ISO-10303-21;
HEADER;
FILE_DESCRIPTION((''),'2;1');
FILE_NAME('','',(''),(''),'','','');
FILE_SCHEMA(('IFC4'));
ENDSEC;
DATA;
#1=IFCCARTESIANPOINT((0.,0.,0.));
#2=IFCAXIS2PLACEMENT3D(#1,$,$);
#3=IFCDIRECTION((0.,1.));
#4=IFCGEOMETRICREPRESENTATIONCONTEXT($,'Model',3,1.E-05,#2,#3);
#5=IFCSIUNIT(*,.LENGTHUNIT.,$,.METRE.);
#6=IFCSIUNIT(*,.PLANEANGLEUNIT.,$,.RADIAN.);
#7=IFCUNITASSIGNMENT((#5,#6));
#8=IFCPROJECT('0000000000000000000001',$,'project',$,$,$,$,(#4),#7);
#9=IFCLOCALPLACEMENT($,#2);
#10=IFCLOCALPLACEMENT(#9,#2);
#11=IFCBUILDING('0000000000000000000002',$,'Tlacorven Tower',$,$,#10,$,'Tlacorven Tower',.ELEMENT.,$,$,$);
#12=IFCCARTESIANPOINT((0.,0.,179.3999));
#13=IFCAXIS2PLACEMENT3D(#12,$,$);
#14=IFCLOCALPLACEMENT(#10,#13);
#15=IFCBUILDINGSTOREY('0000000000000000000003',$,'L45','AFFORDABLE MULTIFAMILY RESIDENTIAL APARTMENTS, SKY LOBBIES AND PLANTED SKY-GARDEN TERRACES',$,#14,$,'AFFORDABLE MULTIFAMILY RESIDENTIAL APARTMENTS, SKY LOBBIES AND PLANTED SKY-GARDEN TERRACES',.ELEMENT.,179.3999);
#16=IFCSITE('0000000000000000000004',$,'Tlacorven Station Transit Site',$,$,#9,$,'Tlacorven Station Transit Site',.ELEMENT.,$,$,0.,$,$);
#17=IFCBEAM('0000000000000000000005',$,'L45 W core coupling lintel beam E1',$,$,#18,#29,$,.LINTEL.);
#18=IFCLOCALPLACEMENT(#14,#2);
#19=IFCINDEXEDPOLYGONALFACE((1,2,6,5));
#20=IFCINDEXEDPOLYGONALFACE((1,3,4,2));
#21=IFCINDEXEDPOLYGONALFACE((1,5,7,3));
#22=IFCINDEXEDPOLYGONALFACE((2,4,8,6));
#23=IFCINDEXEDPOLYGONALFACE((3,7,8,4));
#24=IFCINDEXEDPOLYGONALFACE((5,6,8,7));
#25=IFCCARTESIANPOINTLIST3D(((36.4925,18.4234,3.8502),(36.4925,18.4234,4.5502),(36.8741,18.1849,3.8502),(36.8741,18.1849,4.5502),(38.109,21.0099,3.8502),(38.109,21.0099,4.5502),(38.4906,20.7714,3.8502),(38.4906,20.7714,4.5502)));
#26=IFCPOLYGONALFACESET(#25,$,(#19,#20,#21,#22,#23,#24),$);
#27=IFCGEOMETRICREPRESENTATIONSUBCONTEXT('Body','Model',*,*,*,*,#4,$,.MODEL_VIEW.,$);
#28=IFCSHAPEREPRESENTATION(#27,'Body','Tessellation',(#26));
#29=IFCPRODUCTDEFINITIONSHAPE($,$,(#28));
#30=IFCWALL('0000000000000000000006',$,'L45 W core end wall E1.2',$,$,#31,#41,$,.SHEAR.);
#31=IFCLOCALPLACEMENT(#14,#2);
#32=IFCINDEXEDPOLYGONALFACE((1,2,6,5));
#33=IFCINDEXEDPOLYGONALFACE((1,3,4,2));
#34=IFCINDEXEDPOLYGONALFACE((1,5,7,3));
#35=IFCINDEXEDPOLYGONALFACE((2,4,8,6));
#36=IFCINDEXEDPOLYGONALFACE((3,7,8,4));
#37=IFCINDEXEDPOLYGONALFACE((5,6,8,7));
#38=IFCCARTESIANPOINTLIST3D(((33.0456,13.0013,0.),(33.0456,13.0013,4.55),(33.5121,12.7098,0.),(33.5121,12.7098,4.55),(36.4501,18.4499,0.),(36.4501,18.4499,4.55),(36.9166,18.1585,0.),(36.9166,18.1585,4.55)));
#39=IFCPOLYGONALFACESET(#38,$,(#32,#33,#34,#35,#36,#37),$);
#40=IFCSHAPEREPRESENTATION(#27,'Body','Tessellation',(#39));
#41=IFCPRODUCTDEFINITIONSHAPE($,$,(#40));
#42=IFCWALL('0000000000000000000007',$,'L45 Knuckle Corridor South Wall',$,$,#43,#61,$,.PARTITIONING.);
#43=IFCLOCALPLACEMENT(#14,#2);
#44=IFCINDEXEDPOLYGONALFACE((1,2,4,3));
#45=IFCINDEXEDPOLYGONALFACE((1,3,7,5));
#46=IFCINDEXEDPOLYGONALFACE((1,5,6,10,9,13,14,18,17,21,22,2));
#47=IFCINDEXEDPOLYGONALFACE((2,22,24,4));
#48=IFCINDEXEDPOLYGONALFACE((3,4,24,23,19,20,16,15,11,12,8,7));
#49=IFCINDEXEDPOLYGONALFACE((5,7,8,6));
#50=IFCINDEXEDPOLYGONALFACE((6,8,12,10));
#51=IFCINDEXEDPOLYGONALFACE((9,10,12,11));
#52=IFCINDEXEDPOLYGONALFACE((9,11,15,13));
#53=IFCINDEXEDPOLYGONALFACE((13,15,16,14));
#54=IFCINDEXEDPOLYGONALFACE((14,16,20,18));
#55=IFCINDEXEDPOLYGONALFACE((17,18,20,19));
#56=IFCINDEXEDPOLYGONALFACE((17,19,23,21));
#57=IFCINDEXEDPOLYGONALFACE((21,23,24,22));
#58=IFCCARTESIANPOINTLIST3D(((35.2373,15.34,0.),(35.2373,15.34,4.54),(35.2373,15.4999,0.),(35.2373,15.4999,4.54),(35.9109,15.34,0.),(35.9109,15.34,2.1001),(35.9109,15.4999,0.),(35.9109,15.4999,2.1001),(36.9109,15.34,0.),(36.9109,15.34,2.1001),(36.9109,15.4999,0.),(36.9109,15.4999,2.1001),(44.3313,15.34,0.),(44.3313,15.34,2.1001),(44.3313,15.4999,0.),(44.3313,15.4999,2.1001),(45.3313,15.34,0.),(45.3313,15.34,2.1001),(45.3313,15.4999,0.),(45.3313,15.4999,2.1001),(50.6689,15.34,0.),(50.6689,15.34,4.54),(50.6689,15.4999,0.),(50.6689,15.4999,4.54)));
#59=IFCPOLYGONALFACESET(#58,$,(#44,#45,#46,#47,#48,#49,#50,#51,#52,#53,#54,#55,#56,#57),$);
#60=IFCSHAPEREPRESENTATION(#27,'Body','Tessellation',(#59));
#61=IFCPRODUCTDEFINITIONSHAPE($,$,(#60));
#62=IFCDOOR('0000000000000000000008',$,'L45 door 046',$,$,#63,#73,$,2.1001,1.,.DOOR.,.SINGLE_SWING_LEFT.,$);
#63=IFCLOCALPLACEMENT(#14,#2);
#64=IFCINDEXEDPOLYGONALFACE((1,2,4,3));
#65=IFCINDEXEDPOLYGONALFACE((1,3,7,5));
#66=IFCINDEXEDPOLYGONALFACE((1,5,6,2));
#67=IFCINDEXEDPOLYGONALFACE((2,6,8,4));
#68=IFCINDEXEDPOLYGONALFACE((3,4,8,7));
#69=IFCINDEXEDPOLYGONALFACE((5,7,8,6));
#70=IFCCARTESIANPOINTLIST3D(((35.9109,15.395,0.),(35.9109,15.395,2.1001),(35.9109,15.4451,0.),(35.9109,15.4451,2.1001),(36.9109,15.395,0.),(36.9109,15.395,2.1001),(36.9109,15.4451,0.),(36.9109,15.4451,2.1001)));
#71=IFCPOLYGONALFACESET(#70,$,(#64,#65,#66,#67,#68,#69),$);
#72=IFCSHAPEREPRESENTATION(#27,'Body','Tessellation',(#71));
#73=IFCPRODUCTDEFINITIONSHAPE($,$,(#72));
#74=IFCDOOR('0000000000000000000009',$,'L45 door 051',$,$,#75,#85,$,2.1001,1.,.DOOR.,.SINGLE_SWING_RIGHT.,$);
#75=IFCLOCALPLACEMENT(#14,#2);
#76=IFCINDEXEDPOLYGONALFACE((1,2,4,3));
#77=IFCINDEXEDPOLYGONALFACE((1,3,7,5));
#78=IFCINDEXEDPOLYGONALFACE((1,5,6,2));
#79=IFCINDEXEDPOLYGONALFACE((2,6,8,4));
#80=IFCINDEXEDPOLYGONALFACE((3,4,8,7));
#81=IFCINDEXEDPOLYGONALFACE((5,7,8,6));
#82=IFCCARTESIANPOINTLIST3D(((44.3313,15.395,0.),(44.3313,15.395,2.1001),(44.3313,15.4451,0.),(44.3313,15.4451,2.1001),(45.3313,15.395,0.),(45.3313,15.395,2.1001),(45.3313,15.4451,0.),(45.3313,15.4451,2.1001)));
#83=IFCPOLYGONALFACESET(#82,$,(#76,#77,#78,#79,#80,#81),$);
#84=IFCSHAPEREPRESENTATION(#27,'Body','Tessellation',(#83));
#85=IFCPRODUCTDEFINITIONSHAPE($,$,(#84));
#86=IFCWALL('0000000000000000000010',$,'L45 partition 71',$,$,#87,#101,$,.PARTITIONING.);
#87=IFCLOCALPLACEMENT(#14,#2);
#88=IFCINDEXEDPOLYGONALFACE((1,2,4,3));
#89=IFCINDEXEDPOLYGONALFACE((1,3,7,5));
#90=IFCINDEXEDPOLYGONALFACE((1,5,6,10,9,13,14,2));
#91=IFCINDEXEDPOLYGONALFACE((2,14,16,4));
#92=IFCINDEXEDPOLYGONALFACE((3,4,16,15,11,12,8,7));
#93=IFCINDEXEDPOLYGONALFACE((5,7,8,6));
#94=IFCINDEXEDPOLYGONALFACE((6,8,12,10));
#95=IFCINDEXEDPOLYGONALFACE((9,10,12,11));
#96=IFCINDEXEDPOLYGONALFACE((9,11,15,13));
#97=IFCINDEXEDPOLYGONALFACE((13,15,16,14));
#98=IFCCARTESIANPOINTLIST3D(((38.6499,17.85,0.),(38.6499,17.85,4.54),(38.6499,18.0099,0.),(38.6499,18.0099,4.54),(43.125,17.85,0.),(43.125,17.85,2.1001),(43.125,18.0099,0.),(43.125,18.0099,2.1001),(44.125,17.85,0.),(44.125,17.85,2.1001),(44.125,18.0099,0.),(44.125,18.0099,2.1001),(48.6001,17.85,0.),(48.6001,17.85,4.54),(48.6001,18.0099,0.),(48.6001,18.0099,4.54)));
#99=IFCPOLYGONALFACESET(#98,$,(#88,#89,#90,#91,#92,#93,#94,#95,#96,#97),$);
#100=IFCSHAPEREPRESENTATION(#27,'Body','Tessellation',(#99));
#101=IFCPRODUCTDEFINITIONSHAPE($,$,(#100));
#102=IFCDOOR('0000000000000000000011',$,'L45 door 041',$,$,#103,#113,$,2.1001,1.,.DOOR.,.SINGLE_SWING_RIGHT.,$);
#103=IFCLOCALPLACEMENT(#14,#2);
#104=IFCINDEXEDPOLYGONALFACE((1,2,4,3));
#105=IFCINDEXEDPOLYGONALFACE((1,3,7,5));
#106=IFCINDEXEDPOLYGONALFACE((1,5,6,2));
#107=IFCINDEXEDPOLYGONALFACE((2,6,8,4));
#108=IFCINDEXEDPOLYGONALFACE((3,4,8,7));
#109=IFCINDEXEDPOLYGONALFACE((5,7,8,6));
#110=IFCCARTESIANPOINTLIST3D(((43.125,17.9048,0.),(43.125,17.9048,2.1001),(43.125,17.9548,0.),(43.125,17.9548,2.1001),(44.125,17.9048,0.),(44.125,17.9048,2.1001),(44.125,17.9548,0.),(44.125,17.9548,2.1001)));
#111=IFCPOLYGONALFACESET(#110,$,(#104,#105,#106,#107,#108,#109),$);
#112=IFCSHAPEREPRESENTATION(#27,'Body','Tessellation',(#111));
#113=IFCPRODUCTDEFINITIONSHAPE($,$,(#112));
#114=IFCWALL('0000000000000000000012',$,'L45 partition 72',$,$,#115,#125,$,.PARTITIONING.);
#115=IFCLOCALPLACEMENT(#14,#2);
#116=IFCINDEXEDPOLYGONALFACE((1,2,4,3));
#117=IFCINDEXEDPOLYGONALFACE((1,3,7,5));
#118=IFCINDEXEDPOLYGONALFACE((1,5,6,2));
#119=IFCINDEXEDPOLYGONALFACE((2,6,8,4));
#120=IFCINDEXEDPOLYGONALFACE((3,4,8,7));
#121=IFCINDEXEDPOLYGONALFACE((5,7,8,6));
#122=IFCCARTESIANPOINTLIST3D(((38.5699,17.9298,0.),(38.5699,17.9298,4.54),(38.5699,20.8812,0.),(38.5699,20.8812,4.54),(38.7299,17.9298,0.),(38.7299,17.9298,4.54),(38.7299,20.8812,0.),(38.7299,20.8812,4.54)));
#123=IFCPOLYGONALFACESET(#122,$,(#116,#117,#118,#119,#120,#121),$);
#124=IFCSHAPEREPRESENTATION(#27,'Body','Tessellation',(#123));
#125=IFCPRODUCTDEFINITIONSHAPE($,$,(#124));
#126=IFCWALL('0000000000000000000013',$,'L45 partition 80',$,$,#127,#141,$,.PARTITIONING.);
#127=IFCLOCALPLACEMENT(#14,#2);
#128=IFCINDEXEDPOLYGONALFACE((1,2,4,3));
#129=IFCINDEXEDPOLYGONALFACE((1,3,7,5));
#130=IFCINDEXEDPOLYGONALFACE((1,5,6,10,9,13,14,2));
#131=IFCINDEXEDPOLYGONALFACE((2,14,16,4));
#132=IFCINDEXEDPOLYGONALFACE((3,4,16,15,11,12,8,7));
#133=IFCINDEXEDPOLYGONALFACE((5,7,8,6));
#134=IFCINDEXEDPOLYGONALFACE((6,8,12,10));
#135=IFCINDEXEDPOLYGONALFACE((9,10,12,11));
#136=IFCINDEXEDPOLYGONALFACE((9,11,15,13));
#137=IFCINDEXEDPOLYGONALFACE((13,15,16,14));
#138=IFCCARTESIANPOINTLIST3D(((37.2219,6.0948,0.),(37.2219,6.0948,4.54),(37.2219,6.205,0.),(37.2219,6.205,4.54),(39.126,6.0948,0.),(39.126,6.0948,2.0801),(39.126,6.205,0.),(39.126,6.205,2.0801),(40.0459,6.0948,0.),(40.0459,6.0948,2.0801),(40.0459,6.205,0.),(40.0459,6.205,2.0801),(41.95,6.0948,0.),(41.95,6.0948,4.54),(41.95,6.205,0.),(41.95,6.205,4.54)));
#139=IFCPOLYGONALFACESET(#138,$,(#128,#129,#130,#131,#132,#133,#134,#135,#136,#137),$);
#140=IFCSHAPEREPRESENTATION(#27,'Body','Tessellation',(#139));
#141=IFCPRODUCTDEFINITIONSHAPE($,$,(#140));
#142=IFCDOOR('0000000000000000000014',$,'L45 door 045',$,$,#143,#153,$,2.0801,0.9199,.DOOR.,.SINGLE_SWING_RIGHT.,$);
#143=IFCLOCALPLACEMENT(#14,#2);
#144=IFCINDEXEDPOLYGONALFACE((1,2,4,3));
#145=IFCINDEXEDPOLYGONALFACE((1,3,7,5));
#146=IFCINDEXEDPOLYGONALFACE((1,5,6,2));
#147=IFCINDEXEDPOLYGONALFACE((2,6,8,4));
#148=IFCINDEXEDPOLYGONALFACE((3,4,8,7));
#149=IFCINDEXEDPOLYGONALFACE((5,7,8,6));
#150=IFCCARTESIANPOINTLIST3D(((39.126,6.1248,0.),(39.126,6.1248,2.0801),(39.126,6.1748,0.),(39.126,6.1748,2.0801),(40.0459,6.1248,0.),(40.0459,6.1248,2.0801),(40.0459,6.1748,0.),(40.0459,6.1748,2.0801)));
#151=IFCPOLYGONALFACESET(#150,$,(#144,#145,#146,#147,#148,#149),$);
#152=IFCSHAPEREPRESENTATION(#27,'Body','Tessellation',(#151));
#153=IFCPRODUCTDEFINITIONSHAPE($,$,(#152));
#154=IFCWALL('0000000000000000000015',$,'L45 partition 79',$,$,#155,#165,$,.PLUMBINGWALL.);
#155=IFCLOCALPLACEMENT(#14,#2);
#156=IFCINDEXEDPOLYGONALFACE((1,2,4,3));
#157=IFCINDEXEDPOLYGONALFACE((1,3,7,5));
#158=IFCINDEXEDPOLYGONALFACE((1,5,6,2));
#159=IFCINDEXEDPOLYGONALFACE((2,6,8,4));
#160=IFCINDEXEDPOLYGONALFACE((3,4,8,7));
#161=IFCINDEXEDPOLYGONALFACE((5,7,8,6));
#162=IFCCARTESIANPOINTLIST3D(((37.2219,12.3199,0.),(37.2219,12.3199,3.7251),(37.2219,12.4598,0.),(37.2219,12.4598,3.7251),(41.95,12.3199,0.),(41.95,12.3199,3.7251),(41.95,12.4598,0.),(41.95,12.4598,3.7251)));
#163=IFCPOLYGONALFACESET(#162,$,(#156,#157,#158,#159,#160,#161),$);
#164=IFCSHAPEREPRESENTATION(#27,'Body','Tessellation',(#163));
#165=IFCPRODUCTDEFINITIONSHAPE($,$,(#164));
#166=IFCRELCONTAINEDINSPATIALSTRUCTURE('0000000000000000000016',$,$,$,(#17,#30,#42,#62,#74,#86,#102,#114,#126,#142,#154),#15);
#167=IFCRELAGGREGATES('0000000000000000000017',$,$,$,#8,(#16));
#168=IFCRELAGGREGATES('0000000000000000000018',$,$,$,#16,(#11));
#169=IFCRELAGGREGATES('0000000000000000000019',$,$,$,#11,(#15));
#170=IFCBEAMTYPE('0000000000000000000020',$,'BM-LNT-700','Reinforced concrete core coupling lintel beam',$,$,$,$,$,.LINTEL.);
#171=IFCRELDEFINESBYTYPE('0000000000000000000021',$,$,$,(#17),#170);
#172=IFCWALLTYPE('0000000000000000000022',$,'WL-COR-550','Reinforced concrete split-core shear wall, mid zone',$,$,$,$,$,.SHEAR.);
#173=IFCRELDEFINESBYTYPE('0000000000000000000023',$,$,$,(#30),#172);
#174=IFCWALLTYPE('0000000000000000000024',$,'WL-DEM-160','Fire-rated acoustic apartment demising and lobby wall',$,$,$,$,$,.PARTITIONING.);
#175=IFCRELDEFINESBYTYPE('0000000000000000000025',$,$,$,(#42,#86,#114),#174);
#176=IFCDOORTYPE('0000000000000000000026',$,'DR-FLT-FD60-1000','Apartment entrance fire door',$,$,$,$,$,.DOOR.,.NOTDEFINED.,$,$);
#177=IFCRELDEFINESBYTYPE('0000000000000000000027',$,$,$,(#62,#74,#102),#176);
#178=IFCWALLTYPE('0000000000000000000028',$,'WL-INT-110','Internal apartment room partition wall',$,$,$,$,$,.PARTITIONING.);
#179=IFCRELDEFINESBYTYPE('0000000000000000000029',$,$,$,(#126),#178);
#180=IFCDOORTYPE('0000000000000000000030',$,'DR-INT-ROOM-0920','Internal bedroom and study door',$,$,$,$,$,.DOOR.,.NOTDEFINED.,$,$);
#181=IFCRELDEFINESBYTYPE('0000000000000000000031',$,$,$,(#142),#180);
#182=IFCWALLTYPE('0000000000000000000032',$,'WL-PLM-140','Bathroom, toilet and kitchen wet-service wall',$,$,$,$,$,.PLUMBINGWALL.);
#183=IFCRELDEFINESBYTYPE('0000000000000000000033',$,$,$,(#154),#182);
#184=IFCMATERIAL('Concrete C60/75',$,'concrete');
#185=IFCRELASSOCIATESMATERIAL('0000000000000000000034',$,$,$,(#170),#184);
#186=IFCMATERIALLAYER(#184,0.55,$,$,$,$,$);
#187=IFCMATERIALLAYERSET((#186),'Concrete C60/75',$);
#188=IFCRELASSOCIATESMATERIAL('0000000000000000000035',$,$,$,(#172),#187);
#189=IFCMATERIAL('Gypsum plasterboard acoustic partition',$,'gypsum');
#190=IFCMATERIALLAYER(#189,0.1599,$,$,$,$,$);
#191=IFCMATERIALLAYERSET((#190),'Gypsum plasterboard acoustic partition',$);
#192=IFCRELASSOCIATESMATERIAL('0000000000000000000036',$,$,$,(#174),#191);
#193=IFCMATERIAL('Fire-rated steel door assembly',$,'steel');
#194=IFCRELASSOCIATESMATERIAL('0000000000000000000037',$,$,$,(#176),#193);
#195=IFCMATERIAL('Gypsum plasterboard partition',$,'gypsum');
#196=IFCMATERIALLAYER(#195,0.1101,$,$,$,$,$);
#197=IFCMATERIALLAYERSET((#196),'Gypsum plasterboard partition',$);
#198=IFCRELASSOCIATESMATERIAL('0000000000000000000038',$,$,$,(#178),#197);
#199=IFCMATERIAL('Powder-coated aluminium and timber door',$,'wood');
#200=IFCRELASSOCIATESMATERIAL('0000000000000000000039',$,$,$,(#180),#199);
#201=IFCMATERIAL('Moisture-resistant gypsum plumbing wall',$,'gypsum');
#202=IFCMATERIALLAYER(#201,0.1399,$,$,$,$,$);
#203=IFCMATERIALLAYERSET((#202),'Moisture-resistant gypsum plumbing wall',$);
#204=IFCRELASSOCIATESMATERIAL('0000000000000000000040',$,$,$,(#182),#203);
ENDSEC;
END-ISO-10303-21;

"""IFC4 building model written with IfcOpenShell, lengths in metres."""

from ifc_helpers import new_model, si_unit, direction, frame, frame_2d, origin, origin_2d, place, context, subcontext, project, spatial, rectangle, extrude, source, transform, mapped, material, layer, layer_set, material_profile, profile_set, type_object, element, fill, save


model = new_model("IFC4")

# Units and contexts
model_context = context("Model", 3, precision=1e-05, world=origin(), true_north=direction((0.0, 1.0)))
body_context = subcontext(model_context, "Body", "Model", "MODEL_VIEW")
ifc_project = project(units=[si_unit("LENGTHUNIT", "METRE"), si_unit("PLANEANGLEUNIT", "RADIAN")], contexts=[model_context])

# Site, building, storey
site_placement = place(None, origin())
site = spatial("IfcSite", under=ifc_project, at=site_placement, Name="Tlacorven Station Transit Site", LongName="Tlacorven Station Transit Site", CompositionType="ELEMENT", RefElevation=0.0)
building_placement = place(site_placement, origin())
building = spatial("IfcBuilding", under=site, at=building_placement, Name="Tlacorven Tower", LongName="Tlacorven Tower", CompositionType="ELEMENT")
storey_placement = place(building_placement, frame((0.0, 0.0, 179.3999)))
storey = spatial("IfcBuildingStorey", under=building, at=storey_placement, Name="L45", Description="AFFORDABLE MULTIFAMILY RESIDENTIAL APARTMENTS, SKY LOBBIES AND PLANTED SKY-GARDEN TERRACES", LongName="AFFORDABLE MULTIFAMILY RESIDENTIAL APARTMENTS, SKY LOBBIES AND PLANTED SKY-GARDEN TERRACES", CompositionType="ELEMENT", Elevation=179.3999)

# Beam
ifc_material_1 = material(Name="Concrete C60/75", Category="concrete")
ifc_material_profile = material_profile(ifc_material_1, rectangle(XDim=0.45, YDim=0.7, at=origin_2d()), Name="RC 450X700")
ifc_profile_set = profile_set([ifc_material_profile], Name="Concrete C60/75")
beam_type = type_object("IfcBeamType", Name="BM-LNT-700", Description="Reinforced concrete core coupling lintel beam", PredefinedType="LINTEL", material=ifc_profile_set)
shared_shape_1 = source(origin(), body_context, "Body", "SweptSolid", [
    extrude(rectangle(XDim=0.45, YDim=0.7, at=origin_2d()), origin(), (0.0, 0.0, 1.0), 3.05),
])
beam_placement = place(storey_placement, frame((38.2998, 20.8906, 4.2002), z_axis=(-0.529985, -0.848007, 0.0), x_axis=(0.848007, -0.529985, 0.0)))
element("IfcBeam", 1, at=beam_placement, inside=storey, type_object=beam_type, Name="L45 W core coupling lintel beam E1", PredefinedType="LINTEL", context=body_context, shape_type="MappedRepresentation", body=[
    mapped(shared_shape_1, transform((0.0, 0.0, 0.0), scale=1.0)),
])

# Wall
ifc_layer_1 = layer(ifc_material_1, 0.55)
ifc_layer_set_1 = layer_set([ifc_layer_1], Name="Concrete C60/75")
wall_type_1 = type_object("IfcWallType", Name="WL-COR-550", Description="Reinforced concrete split-core shear wall, mid zone", PredefinedType="SHEAR", material=ifc_layer_set_1)
wall_1_placement = place(storey_placement, frame((36.6833, 18.3042, 0.0), z_axis=(0.0, 0.0, 1.0), x_axis=(-0.529896, -0.848062, 0.0)))
element("IfcWall", 2, at=wall_1_placement, inside=storey, type_object=wall_type_1, Name="L45 W core end wall E1.2", PredefinedType="SHEAR", context=body_context, shape_type="SweptSolid", body=[
    extrude(rectangle(XDim=6.4248, YDim=0.55, at=frame_2d((3.2124, 0.0))), origin(), (0.0, 0.0, 1.0), 4.55),
])

# Wall, openings, doors
ifc_material_2 = material(Name="Gypsum plasterboard acoustic partition", Category="gypsum")
ifc_layer_2 = layer(ifc_material_2, 0.1599)
ifc_layer_set_2 = layer_set([ifc_layer_2], Name="Gypsum plasterboard acoustic partition")
wall_type_2 = type_object("IfcWallType", Name="WL-DEM-160", Description="Fire-rated acoustic apartment demising and lobby wall", PredefinedType="PARTITIONING", material=ifc_layer_set_2)
wall_2_placement = place(storey_placement, frame((35.2373, 15.4199, 0.0), z_axis=(0.0, 0.0, 1.0), x_axis=(1.0, 0.0, 0.0)))
wall_2 = element("IfcWall", 3, at=wall_2_placement, inside=storey, type_object=wall_type_2, Name="L45 Knuckle Corridor South Wall", PredefinedType="PARTITIONING", context=body_context, shape_type="SweptSolid", body=[
    extrude(rectangle(XDim=15.4316, YDim=0.1599, at=frame_2d((7.7158, 0.0))), origin(), (0.0, 0.0, 1.0), 4.54),
])
opening_1_placement = place(wall_2_placement, frame((0.6736, 0.0, 0.0)))
opening_1 = element("IfcOpeningElement", 4, at=opening_1_placement, cuts=wall_2, PredefinedType="OPENING", context=body_context, shape_type="SweptSolid", body=[
    extrude(rectangle(XDim=1.0, YDim=2.1001, at=frame_2d((0.5, 1.05))), frame((0.0, 0.0898, 0.0), z_axis=(0.0, -1.0, 0.0), x_axis=(1.0, 0.0, 0.0)), (0.0, 0.0, 1.0), 0.1799),
])
opening_2_placement = place(wall_2_placement, frame((9.094, 0.0, 0.0)))
opening_2 = element("IfcOpeningElement", 5, at=opening_2_placement, cuts=wall_2, PredefinedType="OPENING", context=body_context, shape_type="SweptSolid", body=[
    extrude(rectangle(XDim=1.0, YDim=2.1001, at=frame_2d((0.5, 1.05))), frame((0.0, 0.0898, 0.0), z_axis=(0.0, -1.0, 0.0), x_axis=(1.0, 0.0, 0.0)), (0.0, 0.0, 1.0), 0.1799),
])
ifc_material_3 = material(Name="Fire-rated steel door assembly", Category="steel")
door_type_1 = type_object("IfcDoorType", Name="DR-FLT-FD60-1000", Description="Apartment entrance fire door", OperationType="NOTDEFINED", PredefinedType="DOOR", material=ifc_material_3)
shared_shape_2 = source(origin(), body_context, "Body", "SweptSolid", [
    extrude(rectangle(XDim=1.0, YDim=2.1001, at=frame_2d((0.5, 1.05))), frame((0.0, 0.0249, 0.0), z_axis=(0.0, -1.0, 0.0), x_axis=(1.0, 0.0, 0.0)), (0.0, 0.0, 1.0), 0.05),
])
door_1_placement = place(opening_1_placement, frame((1.0, 0.0, 0.0), z_axis=(0.0, 0.0, 1.0), x_axis=(-1.0, 0.0, 0.0)))
door_1 = element("IfcDoor", 6, at=door_1_placement, inside=storey, type_object=door_type_1, Name="L45 door 046", OperationType="SINGLE_SWING_LEFT", OverallHeight=2.1001, OverallWidth=1.0, PredefinedType="DOOR", context=body_context, shape_type="MappedRepresentation", body=[
    mapped(shared_shape_2, transform((0.0, 0.0, 0.0), scale=1.0)),
])
fill(opening_1, door_1)
door_2_placement = place(opening_2_placement, frame((1.0, 0.0, 0.0), z_axis=(0.0, 0.0, 1.0), x_axis=(-1.0, 0.0, 0.0)))
door_2 = element("IfcDoor", 7, at=door_2_placement, inside=storey, type_object=door_type_1, Name="L45 door 051", OperationType="SINGLE_SWING_RIGHT", OverallHeight=2.1001, OverallWidth=1.0, PredefinedType="DOOR", context=body_context, shape_type="MappedRepresentation", body=[
    mapped(shared_shape_2, transform((0.0, 0.0, 0.0), scale=1.0)),
])
fill(opening_2, door_2)

# Wall, opening, door
wall_3_placement = place(storey_placement, frame((38.6499, 17.9299, 0.0), z_axis=(0.0, 0.0, 1.0), x_axis=(1.0, 0.0, 0.0)))
wall_3 = element("IfcWall", 8, at=wall_3_placement, inside=storey, type_object=wall_type_2, Name="L45 partition 71", PredefinedType="PARTITIONING", context=body_context, shape_type="SweptSolid", body=[
    extrude(rectangle(XDim=9.9502, YDim=0.1599, at=frame_2d((4.9751, 0.0))), origin(), (0.0, 0.0, 1.0), 4.54),
])
opening_3_placement = place(wall_3_placement, frame((4.4751, 0.0, 0.0)))
opening_3 = element("IfcOpeningElement", 9, at=opening_3_placement, cuts=wall_3, PredefinedType="OPENING", context=body_context, shape_type="SweptSolid", body=[
    extrude(rectangle(XDim=1.0, YDim=2.1001, at=frame_2d((0.5, 1.05))), frame((0.0, 0.0898, 0.0), z_axis=(0.0, -1.0, 0.0), x_axis=(1.0, 0.0, 0.0)), (0.0, 0.0, 1.0), 0.1799),
])
door_3_placement = place(opening_3_placement, origin())
door_3 = element("IfcDoor", 10, at=door_3_placement, inside=storey, type_object=door_type_1, Name="L45 door 041", OperationType="SINGLE_SWING_RIGHT", OverallHeight=2.1001, OverallWidth=1.0, PredefinedType="DOOR", context=body_context, shape_type="MappedRepresentation", body=[
    mapped(shared_shape_2, transform((0.0, 0.0, 0.0), scale=1.0)),
])
fill(opening_3, door_3)

# Wall
wall_4_placement = place(storey_placement, frame((38.6499, 17.9299, 0.0), z_axis=(0.0, 0.0, 1.0), x_axis=(0.0, 1.0, 0.0)))
element("IfcWall", 11, at=wall_4_placement, inside=storey, type_object=wall_type_2, Name="L45 partition 72", PredefinedType="PARTITIONING", context=body_context, shape_type="SweptSolid", body=[
    extrude(rectangle(XDim=2.9514, YDim=0.1599, at=frame_2d((1.4756, 0.0))), origin(), (0.0, 0.0, 1.0), 4.54),
])

# Wall, opening, door
ifc_material_4 = material(Name="Gypsum plasterboard partition", Category="gypsum")
ifc_layer_3 = layer(ifc_material_4, 0.1101)
ifc_layer_set_3 = layer_set([ifc_layer_3], Name="Gypsum plasterboard partition")
wall_type_3 = type_object("IfcWallType", Name="WL-INT-110", Description="Internal apartment room partition wall", PredefinedType="PARTITIONING", material=ifc_layer_set_3)
wall_5_placement = place(storey_placement, frame((37.2219, 6.1499, 0.0), z_axis=(0.0, 0.0, 1.0), x_axis=(1.0, 0.0, 0.0)))
wall_5 = element("IfcWall", 12, at=wall_5_placement, inside=storey, type_object=wall_type_3, Name="L45 partition 80", PredefinedType="PARTITIONING", context=body_context, shape_type="SweptSolid", body=[
    extrude(rectangle(XDim=4.728, YDim=0.1101, at=frame_2d((2.364, 0.0))), origin(), (0.0, 0.0, 1.0), 4.54),
])
opening_4_placement = place(wall_5_placement, frame((1.9041, 0.0, 0.0)))
opening_4 = element("IfcOpeningElement", 13, at=opening_4_placement, cuts=wall_5, PredefinedType="OPENING", context=body_context, shape_type="SweptSolid", body=[
    extrude(rectangle(XDim=0.9199, YDim=2.0801, at=frame_2d((0.46, 1.04))), frame((0.0, 0.0649, 0.0), z_axis=(0.0, -1.0, 0.0), x_axis=(1.0, 0.0, 0.0)), (0.0, 0.0, 1.0), 0.1301),
])
ifc_material_5 = material(Name="Powder-coated aluminium and timber door", Category="wood")
door_type_2 = type_object("IfcDoorType", Name="DR-INT-ROOM-0920", Description="Internal bedroom and study door", OperationType="NOTDEFINED", PredefinedType="DOOR", material=ifc_material_5)
shared_shape_3 = source(origin(), body_context, "Body", "SweptSolid", [
    extrude(rectangle(XDim=0.9199, YDim=2.0801, at=frame_2d((0.46, 1.04))), frame((0.0, 0.0249, 0.0), z_axis=(0.0, -1.0, 0.0), x_axis=(1.0, 0.0, 0.0)), (0.0, 0.0, 1.0), 0.05),
])
door_4_placement = place(opening_4_placement, origin())
door_4 = element("IfcDoor", 14, at=door_4_placement, inside=storey, type_object=door_type_2, Name="L45 door 045", OperationType="SINGLE_SWING_RIGHT", OverallHeight=2.0801, OverallWidth=0.9199, PredefinedType="DOOR", context=body_context, shape_type="MappedRepresentation", body=[
    mapped(shared_shape_3, transform((0.0, 0.0, 0.0), scale=1.0)),
])
fill(opening_4, door_4)

# Wall
ifc_material_6 = material(Name="Moisture-resistant gypsum plumbing wall", Category="gypsum")
ifc_layer_4 = layer(ifc_material_6, 0.1399)
ifc_layer_set_4 = layer_set([ifc_layer_4], Name="Moisture-resistant gypsum plumbing wall")
wall_type_4 = type_object("IfcWallType", Name="WL-PLM-140", Description="Bathroom, toilet and kitchen wet-service wall", PredefinedType="PLUMBINGWALL", material=ifc_layer_set_4)
wall_6_placement = place(storey_placement, frame((37.2219, 12.3899, 0.0), z_axis=(0.0, 0.0, 1.0), x_axis=(1.0, 0.0, 0.0)))
element("IfcWall", 15, at=wall_6_placement, inside=storey, type_object=wall_type_4, Name="L45 partition 79", PredefinedType="PLUMBINGWALL", context=body_context, shape_type="SweptSolid", body=[
    extrude(rectangle(XDim=4.728, YDim=0.1399, at=frame_2d((2.364, 0.0))), origin(), (0.0, 0.0, 1.0), 3.7251),
])

save(model, "model.ifc")
